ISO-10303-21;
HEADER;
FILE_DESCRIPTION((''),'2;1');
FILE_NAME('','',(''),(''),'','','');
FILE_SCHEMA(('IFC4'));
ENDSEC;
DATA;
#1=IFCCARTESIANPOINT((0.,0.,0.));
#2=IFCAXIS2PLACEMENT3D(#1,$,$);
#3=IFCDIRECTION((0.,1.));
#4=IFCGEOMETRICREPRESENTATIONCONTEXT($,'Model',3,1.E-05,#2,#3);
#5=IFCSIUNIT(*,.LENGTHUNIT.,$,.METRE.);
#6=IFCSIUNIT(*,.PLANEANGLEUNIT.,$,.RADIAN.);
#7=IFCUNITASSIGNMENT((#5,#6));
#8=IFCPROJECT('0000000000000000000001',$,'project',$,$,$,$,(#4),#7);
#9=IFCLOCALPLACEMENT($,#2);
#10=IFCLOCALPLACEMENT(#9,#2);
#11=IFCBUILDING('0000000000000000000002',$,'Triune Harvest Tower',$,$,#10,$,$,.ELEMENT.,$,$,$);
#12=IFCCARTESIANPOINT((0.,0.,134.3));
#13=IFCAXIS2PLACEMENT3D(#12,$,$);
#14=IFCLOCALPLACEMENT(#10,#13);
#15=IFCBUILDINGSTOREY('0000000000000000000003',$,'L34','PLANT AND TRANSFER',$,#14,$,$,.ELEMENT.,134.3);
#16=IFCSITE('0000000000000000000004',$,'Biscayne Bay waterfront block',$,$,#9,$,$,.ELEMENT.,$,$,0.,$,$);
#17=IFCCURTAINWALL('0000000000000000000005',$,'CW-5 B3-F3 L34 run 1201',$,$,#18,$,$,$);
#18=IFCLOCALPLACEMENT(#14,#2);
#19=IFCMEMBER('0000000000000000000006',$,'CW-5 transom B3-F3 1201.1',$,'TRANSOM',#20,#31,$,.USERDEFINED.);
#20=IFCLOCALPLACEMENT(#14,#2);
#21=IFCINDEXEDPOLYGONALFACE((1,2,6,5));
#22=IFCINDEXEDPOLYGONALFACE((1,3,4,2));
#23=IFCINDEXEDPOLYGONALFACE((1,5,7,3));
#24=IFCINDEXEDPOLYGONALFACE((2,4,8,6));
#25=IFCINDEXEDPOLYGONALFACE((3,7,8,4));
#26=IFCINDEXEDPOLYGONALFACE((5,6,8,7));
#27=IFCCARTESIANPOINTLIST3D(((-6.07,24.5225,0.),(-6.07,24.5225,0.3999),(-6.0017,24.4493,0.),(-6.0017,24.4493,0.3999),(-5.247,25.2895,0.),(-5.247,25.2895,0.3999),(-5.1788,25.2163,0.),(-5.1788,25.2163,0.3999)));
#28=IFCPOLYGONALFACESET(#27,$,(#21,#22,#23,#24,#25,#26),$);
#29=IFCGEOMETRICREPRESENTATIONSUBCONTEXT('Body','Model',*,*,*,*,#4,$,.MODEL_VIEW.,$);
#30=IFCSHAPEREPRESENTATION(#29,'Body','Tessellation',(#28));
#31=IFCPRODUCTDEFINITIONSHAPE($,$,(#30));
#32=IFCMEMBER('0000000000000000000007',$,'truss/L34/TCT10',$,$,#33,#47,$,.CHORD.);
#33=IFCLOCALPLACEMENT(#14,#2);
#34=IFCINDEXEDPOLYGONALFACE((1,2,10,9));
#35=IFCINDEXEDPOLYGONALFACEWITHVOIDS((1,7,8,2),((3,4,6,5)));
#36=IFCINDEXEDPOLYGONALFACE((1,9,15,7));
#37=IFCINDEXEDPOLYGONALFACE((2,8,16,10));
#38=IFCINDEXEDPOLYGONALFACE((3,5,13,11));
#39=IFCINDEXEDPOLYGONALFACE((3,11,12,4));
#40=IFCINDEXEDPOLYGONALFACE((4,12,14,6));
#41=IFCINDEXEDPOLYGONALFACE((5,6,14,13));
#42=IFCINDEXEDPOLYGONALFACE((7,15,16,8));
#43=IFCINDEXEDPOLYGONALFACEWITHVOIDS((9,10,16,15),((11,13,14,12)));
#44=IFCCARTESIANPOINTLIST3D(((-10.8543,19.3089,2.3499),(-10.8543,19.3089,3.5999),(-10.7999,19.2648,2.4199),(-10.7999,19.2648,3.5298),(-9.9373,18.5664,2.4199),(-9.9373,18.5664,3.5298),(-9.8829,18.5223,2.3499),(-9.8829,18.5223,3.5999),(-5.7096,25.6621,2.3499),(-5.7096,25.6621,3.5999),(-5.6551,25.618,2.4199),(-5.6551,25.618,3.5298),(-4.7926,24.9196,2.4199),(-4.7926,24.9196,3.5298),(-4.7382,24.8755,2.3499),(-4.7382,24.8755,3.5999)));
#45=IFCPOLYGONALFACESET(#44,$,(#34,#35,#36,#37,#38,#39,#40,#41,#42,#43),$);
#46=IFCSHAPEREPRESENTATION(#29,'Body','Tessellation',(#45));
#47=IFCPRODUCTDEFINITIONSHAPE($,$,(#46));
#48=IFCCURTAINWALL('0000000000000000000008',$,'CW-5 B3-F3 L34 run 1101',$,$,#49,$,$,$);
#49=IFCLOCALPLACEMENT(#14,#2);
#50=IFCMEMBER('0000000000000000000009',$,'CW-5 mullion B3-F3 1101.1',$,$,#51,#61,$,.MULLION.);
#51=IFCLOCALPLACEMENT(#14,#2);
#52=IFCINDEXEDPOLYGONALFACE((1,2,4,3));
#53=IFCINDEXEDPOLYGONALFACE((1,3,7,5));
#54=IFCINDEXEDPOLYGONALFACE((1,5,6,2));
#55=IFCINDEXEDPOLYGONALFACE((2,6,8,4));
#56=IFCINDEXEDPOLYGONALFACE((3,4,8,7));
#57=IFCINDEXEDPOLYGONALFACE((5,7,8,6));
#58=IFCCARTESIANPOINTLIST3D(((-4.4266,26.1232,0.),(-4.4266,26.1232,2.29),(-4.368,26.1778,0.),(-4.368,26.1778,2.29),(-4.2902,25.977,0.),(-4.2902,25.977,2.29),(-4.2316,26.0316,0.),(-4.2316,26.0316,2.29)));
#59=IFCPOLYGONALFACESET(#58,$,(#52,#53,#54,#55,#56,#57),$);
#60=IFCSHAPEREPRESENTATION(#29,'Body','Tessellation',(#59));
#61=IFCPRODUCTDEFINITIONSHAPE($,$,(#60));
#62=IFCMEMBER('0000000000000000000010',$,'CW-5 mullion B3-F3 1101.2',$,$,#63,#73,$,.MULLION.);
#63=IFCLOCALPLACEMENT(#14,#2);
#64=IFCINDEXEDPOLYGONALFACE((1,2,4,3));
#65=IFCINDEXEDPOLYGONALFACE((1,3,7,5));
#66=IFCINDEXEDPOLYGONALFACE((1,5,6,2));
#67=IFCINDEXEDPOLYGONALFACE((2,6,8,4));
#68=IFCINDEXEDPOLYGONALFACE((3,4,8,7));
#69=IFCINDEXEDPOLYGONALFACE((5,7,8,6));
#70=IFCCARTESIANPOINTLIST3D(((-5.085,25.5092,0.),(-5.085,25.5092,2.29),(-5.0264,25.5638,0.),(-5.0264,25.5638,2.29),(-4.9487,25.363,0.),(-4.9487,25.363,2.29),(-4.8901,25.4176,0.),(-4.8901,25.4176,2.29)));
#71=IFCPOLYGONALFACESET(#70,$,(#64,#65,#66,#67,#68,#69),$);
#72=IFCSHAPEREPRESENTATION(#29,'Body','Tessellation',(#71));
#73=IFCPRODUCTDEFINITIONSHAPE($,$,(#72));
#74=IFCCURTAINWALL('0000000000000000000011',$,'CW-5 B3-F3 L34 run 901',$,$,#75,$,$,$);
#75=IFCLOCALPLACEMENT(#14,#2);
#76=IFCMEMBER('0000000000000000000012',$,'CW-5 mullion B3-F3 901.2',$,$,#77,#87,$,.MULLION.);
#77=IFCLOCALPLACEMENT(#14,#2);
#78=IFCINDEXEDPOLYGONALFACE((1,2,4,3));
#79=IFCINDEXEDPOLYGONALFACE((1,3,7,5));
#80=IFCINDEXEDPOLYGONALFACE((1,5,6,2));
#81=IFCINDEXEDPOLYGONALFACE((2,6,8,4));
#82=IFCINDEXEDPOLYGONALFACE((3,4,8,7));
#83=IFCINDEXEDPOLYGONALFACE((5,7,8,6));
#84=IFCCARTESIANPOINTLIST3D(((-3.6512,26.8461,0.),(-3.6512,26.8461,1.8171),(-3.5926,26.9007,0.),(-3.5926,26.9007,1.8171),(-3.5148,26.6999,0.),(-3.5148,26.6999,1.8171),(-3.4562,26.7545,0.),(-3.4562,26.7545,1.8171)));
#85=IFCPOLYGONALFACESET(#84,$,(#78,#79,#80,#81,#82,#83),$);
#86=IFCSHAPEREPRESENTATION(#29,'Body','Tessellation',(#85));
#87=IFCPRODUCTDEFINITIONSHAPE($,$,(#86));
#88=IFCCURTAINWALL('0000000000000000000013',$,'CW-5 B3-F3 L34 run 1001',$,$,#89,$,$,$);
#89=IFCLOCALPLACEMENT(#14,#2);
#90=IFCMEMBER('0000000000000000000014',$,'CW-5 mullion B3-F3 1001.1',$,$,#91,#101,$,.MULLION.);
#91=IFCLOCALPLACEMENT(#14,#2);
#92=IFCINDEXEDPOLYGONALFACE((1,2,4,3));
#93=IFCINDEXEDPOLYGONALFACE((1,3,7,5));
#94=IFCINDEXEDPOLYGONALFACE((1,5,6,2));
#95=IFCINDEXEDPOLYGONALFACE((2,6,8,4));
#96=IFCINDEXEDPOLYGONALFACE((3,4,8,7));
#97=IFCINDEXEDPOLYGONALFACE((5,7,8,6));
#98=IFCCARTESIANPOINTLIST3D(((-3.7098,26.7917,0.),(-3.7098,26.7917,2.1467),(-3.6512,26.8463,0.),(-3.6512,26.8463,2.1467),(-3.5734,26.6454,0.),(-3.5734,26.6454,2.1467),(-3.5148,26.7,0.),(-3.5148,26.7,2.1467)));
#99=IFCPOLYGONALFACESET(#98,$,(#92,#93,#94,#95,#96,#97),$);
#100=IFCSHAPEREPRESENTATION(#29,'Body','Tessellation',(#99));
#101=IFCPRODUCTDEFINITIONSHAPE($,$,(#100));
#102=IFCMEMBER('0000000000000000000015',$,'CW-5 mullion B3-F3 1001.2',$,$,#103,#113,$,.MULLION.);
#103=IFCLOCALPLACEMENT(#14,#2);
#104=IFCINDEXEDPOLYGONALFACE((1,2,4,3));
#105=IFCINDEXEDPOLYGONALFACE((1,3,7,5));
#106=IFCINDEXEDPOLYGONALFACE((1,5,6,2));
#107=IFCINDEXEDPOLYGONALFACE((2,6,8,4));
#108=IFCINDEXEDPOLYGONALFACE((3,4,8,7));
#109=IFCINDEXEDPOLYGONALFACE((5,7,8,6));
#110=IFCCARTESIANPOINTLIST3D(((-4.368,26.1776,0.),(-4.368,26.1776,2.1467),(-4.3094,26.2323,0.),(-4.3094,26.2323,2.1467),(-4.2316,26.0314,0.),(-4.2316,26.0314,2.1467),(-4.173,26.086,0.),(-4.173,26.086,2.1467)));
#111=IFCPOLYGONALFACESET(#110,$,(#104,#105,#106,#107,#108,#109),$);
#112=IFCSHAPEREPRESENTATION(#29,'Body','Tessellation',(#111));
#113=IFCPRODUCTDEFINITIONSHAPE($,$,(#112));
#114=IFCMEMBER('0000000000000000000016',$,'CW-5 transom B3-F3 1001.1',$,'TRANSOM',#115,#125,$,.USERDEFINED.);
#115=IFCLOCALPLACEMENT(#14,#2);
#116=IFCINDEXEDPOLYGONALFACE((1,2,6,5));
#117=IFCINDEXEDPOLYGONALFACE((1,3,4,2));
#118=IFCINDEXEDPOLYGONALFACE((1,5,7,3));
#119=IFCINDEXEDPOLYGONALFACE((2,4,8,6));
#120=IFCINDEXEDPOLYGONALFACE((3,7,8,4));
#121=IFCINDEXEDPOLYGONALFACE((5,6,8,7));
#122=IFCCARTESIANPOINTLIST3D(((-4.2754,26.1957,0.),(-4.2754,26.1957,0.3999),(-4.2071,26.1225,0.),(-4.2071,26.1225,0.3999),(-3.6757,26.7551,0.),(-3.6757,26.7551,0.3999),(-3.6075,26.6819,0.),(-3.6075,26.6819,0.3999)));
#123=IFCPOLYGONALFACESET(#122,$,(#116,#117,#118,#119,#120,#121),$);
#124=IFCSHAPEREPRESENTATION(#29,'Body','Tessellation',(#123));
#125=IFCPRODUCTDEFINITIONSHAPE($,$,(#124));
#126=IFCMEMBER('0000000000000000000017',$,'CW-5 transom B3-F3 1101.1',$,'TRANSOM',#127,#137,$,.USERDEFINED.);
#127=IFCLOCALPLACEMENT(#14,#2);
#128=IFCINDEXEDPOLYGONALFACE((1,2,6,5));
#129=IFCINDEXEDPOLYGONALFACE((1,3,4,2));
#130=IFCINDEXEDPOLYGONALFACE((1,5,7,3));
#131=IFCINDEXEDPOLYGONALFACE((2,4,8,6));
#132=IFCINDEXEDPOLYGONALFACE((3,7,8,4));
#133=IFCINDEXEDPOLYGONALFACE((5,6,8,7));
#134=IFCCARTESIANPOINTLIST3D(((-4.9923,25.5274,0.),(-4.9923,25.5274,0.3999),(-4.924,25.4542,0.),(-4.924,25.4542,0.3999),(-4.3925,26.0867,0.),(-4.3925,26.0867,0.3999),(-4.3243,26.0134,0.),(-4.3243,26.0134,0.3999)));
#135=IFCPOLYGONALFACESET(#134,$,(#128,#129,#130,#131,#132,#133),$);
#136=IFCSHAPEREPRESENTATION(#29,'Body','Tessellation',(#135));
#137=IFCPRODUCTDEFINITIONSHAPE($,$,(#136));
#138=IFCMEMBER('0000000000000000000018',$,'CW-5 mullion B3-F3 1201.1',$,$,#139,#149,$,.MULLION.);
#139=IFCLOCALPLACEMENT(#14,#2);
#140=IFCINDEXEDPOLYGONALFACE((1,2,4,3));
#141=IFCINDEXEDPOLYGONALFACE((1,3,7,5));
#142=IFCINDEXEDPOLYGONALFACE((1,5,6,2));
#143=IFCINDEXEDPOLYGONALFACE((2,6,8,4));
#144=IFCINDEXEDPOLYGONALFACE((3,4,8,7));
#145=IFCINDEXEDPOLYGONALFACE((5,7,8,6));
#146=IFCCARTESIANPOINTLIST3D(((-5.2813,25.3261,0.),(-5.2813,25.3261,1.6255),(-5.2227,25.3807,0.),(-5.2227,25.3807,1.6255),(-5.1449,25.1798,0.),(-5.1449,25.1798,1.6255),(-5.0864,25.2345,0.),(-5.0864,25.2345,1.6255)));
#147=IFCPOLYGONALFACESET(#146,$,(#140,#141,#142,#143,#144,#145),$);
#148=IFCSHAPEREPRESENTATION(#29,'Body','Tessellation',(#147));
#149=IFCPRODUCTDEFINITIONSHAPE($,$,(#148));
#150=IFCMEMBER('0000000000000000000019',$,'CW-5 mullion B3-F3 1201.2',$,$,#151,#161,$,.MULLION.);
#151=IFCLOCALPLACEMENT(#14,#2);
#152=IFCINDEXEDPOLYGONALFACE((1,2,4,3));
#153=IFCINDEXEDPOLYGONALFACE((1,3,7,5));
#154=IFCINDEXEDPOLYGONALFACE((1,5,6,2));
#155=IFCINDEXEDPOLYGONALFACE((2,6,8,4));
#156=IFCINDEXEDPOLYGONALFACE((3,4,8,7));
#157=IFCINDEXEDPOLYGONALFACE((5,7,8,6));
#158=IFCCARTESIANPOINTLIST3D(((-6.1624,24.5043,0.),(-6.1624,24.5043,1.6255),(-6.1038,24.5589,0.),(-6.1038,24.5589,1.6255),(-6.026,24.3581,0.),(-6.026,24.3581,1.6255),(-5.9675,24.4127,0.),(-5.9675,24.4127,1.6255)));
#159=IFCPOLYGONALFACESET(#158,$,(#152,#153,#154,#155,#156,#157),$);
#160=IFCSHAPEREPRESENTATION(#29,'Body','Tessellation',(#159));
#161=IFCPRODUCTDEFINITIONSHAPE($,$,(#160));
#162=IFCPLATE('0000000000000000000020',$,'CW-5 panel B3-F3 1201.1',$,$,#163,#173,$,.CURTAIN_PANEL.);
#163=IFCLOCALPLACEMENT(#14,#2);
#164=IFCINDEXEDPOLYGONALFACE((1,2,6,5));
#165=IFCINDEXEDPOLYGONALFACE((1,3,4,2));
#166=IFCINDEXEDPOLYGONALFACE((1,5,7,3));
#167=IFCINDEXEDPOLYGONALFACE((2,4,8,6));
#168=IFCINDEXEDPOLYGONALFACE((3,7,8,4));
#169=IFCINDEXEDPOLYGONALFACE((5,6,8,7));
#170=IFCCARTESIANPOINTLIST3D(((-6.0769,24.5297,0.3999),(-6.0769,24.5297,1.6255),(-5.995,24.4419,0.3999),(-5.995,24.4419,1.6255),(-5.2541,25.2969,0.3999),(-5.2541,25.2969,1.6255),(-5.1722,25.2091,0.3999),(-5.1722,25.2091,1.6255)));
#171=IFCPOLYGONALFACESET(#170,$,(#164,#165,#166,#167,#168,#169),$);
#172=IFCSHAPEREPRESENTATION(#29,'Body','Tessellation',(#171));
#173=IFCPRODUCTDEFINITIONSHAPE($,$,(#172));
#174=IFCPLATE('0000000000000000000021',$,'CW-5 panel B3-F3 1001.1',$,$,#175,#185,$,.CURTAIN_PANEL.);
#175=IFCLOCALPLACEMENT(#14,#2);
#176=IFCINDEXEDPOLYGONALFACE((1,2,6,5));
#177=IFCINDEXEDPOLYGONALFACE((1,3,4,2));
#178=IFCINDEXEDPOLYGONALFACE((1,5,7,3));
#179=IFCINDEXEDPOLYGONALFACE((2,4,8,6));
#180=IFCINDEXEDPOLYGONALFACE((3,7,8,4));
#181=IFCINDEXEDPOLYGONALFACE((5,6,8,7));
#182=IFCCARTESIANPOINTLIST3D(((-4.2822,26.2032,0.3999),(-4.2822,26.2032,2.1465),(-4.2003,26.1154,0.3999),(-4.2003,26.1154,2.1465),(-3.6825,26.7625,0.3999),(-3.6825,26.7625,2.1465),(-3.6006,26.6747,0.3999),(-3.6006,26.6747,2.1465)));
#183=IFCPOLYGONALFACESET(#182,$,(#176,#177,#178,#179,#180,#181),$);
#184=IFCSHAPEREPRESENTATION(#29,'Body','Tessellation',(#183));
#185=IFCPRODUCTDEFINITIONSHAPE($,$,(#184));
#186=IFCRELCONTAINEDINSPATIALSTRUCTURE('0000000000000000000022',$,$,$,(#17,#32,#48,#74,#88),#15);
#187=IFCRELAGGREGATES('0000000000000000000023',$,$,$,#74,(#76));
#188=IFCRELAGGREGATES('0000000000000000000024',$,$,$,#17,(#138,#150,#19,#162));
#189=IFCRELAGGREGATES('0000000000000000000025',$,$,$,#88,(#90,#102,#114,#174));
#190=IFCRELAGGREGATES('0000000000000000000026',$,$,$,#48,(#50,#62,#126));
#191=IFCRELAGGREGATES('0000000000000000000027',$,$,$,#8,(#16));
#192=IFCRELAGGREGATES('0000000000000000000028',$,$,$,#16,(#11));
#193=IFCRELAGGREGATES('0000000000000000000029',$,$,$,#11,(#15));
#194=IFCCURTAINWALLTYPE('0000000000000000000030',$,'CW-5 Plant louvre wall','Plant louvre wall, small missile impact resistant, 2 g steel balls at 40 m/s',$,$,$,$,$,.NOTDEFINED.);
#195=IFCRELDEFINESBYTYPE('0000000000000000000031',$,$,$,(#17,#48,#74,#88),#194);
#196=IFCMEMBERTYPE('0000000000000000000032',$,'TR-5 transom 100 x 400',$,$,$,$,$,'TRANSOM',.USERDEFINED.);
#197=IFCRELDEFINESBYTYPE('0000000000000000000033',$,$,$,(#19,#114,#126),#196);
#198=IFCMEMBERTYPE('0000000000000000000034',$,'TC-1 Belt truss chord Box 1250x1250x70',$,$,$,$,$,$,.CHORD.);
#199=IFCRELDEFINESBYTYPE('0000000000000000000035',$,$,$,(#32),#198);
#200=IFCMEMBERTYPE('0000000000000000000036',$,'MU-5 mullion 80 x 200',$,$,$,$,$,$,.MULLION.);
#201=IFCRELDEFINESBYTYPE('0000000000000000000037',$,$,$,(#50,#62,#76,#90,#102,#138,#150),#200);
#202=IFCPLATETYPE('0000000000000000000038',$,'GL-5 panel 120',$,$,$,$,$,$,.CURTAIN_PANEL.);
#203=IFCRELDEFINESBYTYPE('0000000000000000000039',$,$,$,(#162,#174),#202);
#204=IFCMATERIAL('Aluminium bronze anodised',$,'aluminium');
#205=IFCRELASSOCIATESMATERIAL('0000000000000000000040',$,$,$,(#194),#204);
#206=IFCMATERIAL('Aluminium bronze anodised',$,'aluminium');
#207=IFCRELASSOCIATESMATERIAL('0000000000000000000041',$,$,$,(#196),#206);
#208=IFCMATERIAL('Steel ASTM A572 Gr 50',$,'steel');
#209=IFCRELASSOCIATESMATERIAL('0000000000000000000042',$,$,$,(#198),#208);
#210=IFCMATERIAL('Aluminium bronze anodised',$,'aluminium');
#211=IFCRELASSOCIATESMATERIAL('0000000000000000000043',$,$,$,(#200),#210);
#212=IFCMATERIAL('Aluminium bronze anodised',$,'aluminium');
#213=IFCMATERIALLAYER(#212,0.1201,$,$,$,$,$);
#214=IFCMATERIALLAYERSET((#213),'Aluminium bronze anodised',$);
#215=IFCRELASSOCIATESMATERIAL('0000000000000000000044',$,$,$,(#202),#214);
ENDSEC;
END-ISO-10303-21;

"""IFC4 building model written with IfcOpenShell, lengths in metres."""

from ifc_helpers import new_model, si_unit, direction, frame, origin, origin_2d, place, context, subcontext, project, spatial, rectangle, hollow_rectangle, extrude, source, transform, mapped, material, layer, layer_set, material_profile, profile_set, type_object, element, aggregate, save


model = new_model("IFC4")

# Units and contexts
model_context = context("Model", 3, precision=1e-05, world=origin(), true_north=direction((0.0, 1.0)))
body_context = subcontext(model_context, "Body", "Model", "MODEL_VIEW")
ifc_project = project(units=[si_unit("LENGTHUNIT", "METRE"), si_unit("PLANEANGLEUNIT", "RADIAN")], contexts=[model_context])

# Site, building, storey
site_placement = place(None, origin())
site = spatial("IfcSite", under=ifc_project, at=site_placement, Name="Biscayne Bay waterfront block", CompositionType="ELEMENT", RefElevation=0.0)
building_placement = place(site_placement, origin())
building = spatial("IfcBuilding", under=site, at=building_placement, Name="Triune Harvest Tower", CompositionType="ELEMENT")
storey_placement = place(building_placement, frame((0.0, 0.0, 134.3)))
storey = spatial("IfcBuildingStorey", under=building, at=storey_placement, Name="L34", Description="PLANT AND TRANSFER", CompositionType="ELEMENT", Elevation=134.3)

# Curtain wall, member
ifc_material_1 = material(Name="Aluminium bronze anodised", Category="aluminium")
curtain_wall_type = type_object("IfcCurtainWallType", Name="CW-5 Plant louvre wall", Description="Plant louvre wall, small missile impact resistant, 2 g steel balls at 40 m/s", PredefinedType="NOTDEFINED", material=ifc_material_1)
curtain_wall_1_placement = place(storey_placement, origin())
curtain_wall_1 = element("IfcCurtainWall", 1, at=curtain_wall_1_placement, inside=storey, type_object=curtain_wall_type, Name="CW-5 B3-F3 L34 run 1201")
ifc_material_2 = material(Name="Aluminium bronze anodised", Category="aluminium")
ifc_material_profile_1 = material_profile(ifc_material_2, rectangle(XDim=0.1001, YDim=0.3999, at=origin_2d()), Name="TR-5 transom 100 x 400")
ifc_profile_set_1 = profile_set([ifc_material_profile_1], Name="Aluminium bronze anodised")
member_type_1 = type_object("IfcMemberType", Name="TR-5 transom 100 x 400", ElementType="TRANSOM", PredefinedType="USERDEFINED", material=ifc_profile_set_1)
member_1_placement = place(storey_placement, frame((-5.2129, 25.2529, 0.2), z_axis=(-0.731517, -0.681823, 0.0), x_axis=(0.681823, -0.731517, 0.0)))
member_1 = element("IfcMember", 2, at=member_1_placement, type_object=member_type_1, Name="CW-5 transom B3-F3 1201.1", ObjectType="TRANSOM", PredefinedType="USERDEFINED", context=body_context, shape_type="SweptSolid", body=[
    extrude(rectangle(XDim=0.1001, YDim=0.3999, at=origin_2d()), origin(), (0.0, 0.0, 1.0), 1.125),
])

# Member
ifc_material_3 = material(Name="Steel ASTM A572 Gr 50", Category="steel")
ifc_material_profile_2 = material_profile(ifc_material_3, hollow_rectangle(XDim=1.25, YDim=1.25, WallThickness=0.0701, at=origin_2d()), Name="Box 1250x1250x70")
ifc_profile_set_2 = profile_set([ifc_material_profile_2], Name="Steel ASTM A572 Gr 50")
member_type_2 = type_object("IfcMemberType", Name="TC-1 Belt truss chord Box 1250x1250x70", PredefinedType="CHORD", material=ifc_profile_set_2)
shared_shape_1 = source(origin(), body_context, "Body", "SweptSolid", [
    extrude(hollow_rectangle(XDim=1.25, YDim=1.25, WallThickness=0.0701, at=origin_2d()), origin(), (0.0, 0.0, 1.0), 8.175),
])
member_2_placement = place(storey_placement, frame((-5.2239, 25.2688, 2.9749), z_axis=(-0.62932, -0.777146, 0.0), x_axis=(0.777146, -0.62932, 0.0)))
element("IfcMember", 3, at=member_2_placement, inside=storey, type_object=member_type_2, Name="truss/L34/TCT10", PredefinedType="CHORD", context=body_context, shape_type="MappedRepresentation", body=[
    mapped(shared_shape_1, transform((0.0, 0.0, 0.0), scale=1.0)),
])

# Curtain wall, members
curtain_wall_2_placement = place(storey_placement, origin())
curtain_wall_2 = element("IfcCurtainWall", 4, at=curtain_wall_2_placement, inside=storey, type_object=curtain_wall_type, Name="CW-5 B3-F3 L34 run 1101")
ifc_material_4 = material(Name="Aluminium bronze anodised", Category="aluminium")
ifc_material_profile_3 = material_profile(ifc_material_4, rectangle(XDim=0.2, YDim=0.0801, at=origin_2d()), Name="MU-5 mullion 80 x 200")
ifc_profile_set_3 = profile_set([ifc_material_profile_3], Name="Aluminium bronze anodised")
member_type_3 = type_object("IfcMemberType", Name="MU-5 mullion 80 x 200", PredefinedType="MULLION", material=ifc_profile_set_3)
shared_shape_2 = source(origin(), body_context, "Body", "SweptSolid", [
    extrude(rectangle(XDim=0.2, YDim=0.0801, at=origin_2d()), origin(), (0.0, 0.0, 1.0), 2.29),
])
member_3_placement = place(storey_placement, frame((-4.3291, 26.0774, 0.0), z_axis=(0.0, 0.0, 1.0), x_axis=(0.681933, -0.731415, 0.0)))
member_3 = element("IfcMember", 5, at=member_3_placement, type_object=member_type_3, Name="CW-5 mullion B3-F3 1101.1", PredefinedType="MULLION", context=body_context, shape_type="MappedRepresentation", body=[
    mapped(shared_shape_2, transform((0.0, 0.0, 0.0), scale=1.0)),
])
member_4_placement = place(storey_placement, frame((-4.9875, 25.4634, 0.0), z_axis=(0.0, 0.0, 1.0), x_axis=(0.681933, -0.731415, 0.0)))
member_4 = element("IfcMember", 6, at=member_4_placement, type_object=member_type_3, Name="CW-5 mullion B3-F3 1101.2", PredefinedType="MULLION", context=body_context, shape_type="MappedRepresentation", body=[
    mapped(shared_shape_2, transform((0.0, 0.0, 0.0), scale=1.0)),
])

# Curtain wall, member
curtain_wall_3_placement = place(storey_placement, origin())
curtain_wall_3 = element("IfcCurtainWall", 7, at=curtain_wall_3_placement, inside=storey, type_object=curtain_wall_type, Name="CW-5 B3-F3 L34 run 901")
shared_shape_3 = source(origin(), body_context, "Body", "SweptSolid", [
    extrude(rectangle(XDim=0.2, YDim=0.0801, at=origin_2d()), origin(), (0.0, 0.0, 1.0), 1.8171),
])
member_5_placement = place(storey_placement, frame((-3.5537, 26.8003, 0.0), z_axis=(0.0, 0.0, 1.0), x_axis=(0.681968, -0.731382, 0.0)))
member_5 = element("IfcMember", 8, at=member_5_placement, type_object=member_type_3, Name="CW-5 mullion B3-F3 901.2", PredefinedType="MULLION", context=body_context, shape_type="MappedRepresentation", body=[
    mapped(shared_shape_3, transform((0.0, 0.0, 0.0), scale=1.0)),
])
aggregate(curtain_wall_3, [member_5])

# Curtain wall, members
curtain_wall_4_placement = place(storey_placement, origin())
curtain_wall_4 = element("IfcCurtainWall", 9, at=curtain_wall_4_placement, inside=storey, type_object=curtain_wall_type, Name="CW-5 B3-F3 L34 run 1001")
shared_shape_4 = source(origin(), body_context, "Body", "SweptSolid", [
    extrude(rectangle(XDim=0.2, YDim=0.0801, at=origin_2d()), origin(), (0.0, 0.0, 1.0), 2.1467),
])
member_6_placement = place(storey_placement, frame((-3.6123, 26.7458, 0.0), z_axis=(0.0, 0.0, 1.0), x_axis=(0.682038, -0.731316, 0.0)))
member_6 = element("IfcMember", 10, at=member_6_placement, type_object=member_type_3, Name="CW-5 mullion B3-F3 1001.1", PredefinedType="MULLION", context=body_context, shape_type="MappedRepresentation", body=[
    mapped(shared_shape_4, transform((0.0, 0.0, 0.0), scale=1.0)),
])
member_7_placement = place(storey_placement, frame((-4.2705, 26.1318, 0.0), z_axis=(0.0, 0.0, 1.0), x_axis=(0.682038, -0.731316, 0.0)))
member_7 = element("IfcMember", 11, at=member_7_placement, type_object=member_type_3, Name="CW-5 mullion B3-F3 1001.2", PredefinedType="MULLION", context=body_context, shape_type="MappedRepresentation", body=[
    mapped(shared_shape_4, transform((0.0, 0.0, 0.0), scale=1.0)),
])
shared_shape_5 = source(origin(), body_context, "Body", "SweptSolid", [
    extrude(rectangle(XDim=0.1001, YDim=0.3999, at=origin_2d()), origin(), (0.0, 0.0, 1.0), 0.8201),
])
member_8_placement = place(storey_placement, frame((-3.6416, 26.7185, 0.2), z_axis=(-0.731243, -0.682117, 0.0), x_axis=(0.682117, -0.731243, 0.0)))
member_8 = element("IfcMember", 12, at=member_8_placement, type_object=member_type_1, Name="CW-5 transom B3-F3 1001.1", ObjectType="TRANSOM", PredefinedType="USERDEFINED", context=body_context, shape_type="MappedRepresentation", body=[
    mapped(shared_shape_5, transform((0.0, 0.0, 0.0), scale=1.0)),
])

# Members
member_9_placement = place(storey_placement, frame((-4.3584, 26.05, 0.2), z_axis=(-0.731382, -0.681968, 0.0), x_axis=(0.681968, -0.731382, 0.0)))
member_9 = element("IfcMember", 13, at=member_9_placement, type_object=member_type_1, Name="CW-5 transom B3-F3 1101.1", ObjectType="TRANSOM", PredefinedType="USERDEFINED", context=body_context, shape_type="MappedRepresentation", body=[
    mapped(shared_shape_5, transform((0.0, 0.0, 0.0), scale=1.0)),
])
shared_shape_6 = source(origin(), body_context, "Body", "SweptSolid", [
    extrude(rectangle(XDim=0.2, YDim=0.0801, at=origin_2d()), origin(), (0.0, 0.0, 1.0), 1.6255),
])
member_10_placement = place(storey_placement, frame((-5.1838, 25.2803, 0.0), z_axis=(0.0, 0.0, 1.0), x_axis=(0.681966, -0.731384, 0.0)))
member_10 = element("IfcMember", 14, at=member_10_placement, type_object=member_type_3, Name="CW-5 mullion B3-F3 1201.1", PredefinedType="MULLION", context=body_context, shape_type="MappedRepresentation", body=[
    mapped(shared_shape_6, transform((0.0, 0.0, 0.0), scale=1.0)),
])
member_11_placement = place(storey_placement, frame((-6.0649, 24.4585, 0.0), z_axis=(0.0, 0.0, 1.0), x_axis=(0.681966, -0.731384, 0.0)))
member_11 = element("IfcMember", 15, at=member_11_placement, type_object=member_type_3, Name="CW-5 mullion B3-F3 1201.2", PredefinedType="MULLION", context=body_context, shape_type="MappedRepresentation", body=[
    mapped(shared_shape_6, transform((0.0, 0.0, 0.0), scale=1.0)),
])

# Plates
ifc_material_5 = material(Name="Aluminium bronze anodised", Category="aluminium")
ifc_layer = layer(ifc_material_5, 0.1201)
ifc_layer_set = layer_set([ifc_layer], Name="Aluminium bronze anodised")
plate_type = type_object("IfcPlateType", Name="GL-5 panel 120", PredefinedType="CURTAIN_PANEL", material=ifc_layer_set)
plate_1_placement = place(storey_placement, frame((-5.6245, 24.8694, 0.3999), z_axis=(0.0, 0.0, 1.0), x_axis=(-0.731384, -0.681966, 0.0)))
plate_1 = element("IfcPlate", 16, at=plate_1_placement, type_object=plate_type, Name="CW-5 panel B3-F3 1201.1", PredefinedType="CURTAIN_PANEL", context=body_context, shape_type="SweptSolid", body=[
    extrude(rectangle(XDim=1.125, YDim=0.1201, at=origin_2d()), origin(), (0.0, 0.0, 1.0), 1.2256),
])
aggregate(curtain_wall_1, [member_10, member_11, member_1, plate_1])
shared_shape_7 = source(origin(), body_context, "Body", "SweptSolid", [
    extrude(rectangle(XDim=0.8201, YDim=0.1201, at=origin_2d()), origin(), (0.0, 0.0, 1.0), 1.7466),
])
plate_2_placement = place(storey_placement, frame((-3.9414, 26.439, 0.3999), z_axis=(0.0, 0.0, 1.0), x_axis=(-0.731316, -0.682038, 0.0)))
plate_2 = element("IfcPlate", 17, at=plate_2_placement, type_object=plate_type, Name="CW-5 panel B3-F3 1001.1", PredefinedType="CURTAIN_PANEL", context=body_context, shape_type="MappedRepresentation", body=[
    mapped(shared_shape_7, transform((0.0, 0.0, 0.0), scale=1.0)),
])
aggregate(curtain_wall_4, [member_6, member_7, member_8, plate_2])
aggregate(curtain_wall_2, [member_3, member_4, member_9])

save(model, "model.ifc")
